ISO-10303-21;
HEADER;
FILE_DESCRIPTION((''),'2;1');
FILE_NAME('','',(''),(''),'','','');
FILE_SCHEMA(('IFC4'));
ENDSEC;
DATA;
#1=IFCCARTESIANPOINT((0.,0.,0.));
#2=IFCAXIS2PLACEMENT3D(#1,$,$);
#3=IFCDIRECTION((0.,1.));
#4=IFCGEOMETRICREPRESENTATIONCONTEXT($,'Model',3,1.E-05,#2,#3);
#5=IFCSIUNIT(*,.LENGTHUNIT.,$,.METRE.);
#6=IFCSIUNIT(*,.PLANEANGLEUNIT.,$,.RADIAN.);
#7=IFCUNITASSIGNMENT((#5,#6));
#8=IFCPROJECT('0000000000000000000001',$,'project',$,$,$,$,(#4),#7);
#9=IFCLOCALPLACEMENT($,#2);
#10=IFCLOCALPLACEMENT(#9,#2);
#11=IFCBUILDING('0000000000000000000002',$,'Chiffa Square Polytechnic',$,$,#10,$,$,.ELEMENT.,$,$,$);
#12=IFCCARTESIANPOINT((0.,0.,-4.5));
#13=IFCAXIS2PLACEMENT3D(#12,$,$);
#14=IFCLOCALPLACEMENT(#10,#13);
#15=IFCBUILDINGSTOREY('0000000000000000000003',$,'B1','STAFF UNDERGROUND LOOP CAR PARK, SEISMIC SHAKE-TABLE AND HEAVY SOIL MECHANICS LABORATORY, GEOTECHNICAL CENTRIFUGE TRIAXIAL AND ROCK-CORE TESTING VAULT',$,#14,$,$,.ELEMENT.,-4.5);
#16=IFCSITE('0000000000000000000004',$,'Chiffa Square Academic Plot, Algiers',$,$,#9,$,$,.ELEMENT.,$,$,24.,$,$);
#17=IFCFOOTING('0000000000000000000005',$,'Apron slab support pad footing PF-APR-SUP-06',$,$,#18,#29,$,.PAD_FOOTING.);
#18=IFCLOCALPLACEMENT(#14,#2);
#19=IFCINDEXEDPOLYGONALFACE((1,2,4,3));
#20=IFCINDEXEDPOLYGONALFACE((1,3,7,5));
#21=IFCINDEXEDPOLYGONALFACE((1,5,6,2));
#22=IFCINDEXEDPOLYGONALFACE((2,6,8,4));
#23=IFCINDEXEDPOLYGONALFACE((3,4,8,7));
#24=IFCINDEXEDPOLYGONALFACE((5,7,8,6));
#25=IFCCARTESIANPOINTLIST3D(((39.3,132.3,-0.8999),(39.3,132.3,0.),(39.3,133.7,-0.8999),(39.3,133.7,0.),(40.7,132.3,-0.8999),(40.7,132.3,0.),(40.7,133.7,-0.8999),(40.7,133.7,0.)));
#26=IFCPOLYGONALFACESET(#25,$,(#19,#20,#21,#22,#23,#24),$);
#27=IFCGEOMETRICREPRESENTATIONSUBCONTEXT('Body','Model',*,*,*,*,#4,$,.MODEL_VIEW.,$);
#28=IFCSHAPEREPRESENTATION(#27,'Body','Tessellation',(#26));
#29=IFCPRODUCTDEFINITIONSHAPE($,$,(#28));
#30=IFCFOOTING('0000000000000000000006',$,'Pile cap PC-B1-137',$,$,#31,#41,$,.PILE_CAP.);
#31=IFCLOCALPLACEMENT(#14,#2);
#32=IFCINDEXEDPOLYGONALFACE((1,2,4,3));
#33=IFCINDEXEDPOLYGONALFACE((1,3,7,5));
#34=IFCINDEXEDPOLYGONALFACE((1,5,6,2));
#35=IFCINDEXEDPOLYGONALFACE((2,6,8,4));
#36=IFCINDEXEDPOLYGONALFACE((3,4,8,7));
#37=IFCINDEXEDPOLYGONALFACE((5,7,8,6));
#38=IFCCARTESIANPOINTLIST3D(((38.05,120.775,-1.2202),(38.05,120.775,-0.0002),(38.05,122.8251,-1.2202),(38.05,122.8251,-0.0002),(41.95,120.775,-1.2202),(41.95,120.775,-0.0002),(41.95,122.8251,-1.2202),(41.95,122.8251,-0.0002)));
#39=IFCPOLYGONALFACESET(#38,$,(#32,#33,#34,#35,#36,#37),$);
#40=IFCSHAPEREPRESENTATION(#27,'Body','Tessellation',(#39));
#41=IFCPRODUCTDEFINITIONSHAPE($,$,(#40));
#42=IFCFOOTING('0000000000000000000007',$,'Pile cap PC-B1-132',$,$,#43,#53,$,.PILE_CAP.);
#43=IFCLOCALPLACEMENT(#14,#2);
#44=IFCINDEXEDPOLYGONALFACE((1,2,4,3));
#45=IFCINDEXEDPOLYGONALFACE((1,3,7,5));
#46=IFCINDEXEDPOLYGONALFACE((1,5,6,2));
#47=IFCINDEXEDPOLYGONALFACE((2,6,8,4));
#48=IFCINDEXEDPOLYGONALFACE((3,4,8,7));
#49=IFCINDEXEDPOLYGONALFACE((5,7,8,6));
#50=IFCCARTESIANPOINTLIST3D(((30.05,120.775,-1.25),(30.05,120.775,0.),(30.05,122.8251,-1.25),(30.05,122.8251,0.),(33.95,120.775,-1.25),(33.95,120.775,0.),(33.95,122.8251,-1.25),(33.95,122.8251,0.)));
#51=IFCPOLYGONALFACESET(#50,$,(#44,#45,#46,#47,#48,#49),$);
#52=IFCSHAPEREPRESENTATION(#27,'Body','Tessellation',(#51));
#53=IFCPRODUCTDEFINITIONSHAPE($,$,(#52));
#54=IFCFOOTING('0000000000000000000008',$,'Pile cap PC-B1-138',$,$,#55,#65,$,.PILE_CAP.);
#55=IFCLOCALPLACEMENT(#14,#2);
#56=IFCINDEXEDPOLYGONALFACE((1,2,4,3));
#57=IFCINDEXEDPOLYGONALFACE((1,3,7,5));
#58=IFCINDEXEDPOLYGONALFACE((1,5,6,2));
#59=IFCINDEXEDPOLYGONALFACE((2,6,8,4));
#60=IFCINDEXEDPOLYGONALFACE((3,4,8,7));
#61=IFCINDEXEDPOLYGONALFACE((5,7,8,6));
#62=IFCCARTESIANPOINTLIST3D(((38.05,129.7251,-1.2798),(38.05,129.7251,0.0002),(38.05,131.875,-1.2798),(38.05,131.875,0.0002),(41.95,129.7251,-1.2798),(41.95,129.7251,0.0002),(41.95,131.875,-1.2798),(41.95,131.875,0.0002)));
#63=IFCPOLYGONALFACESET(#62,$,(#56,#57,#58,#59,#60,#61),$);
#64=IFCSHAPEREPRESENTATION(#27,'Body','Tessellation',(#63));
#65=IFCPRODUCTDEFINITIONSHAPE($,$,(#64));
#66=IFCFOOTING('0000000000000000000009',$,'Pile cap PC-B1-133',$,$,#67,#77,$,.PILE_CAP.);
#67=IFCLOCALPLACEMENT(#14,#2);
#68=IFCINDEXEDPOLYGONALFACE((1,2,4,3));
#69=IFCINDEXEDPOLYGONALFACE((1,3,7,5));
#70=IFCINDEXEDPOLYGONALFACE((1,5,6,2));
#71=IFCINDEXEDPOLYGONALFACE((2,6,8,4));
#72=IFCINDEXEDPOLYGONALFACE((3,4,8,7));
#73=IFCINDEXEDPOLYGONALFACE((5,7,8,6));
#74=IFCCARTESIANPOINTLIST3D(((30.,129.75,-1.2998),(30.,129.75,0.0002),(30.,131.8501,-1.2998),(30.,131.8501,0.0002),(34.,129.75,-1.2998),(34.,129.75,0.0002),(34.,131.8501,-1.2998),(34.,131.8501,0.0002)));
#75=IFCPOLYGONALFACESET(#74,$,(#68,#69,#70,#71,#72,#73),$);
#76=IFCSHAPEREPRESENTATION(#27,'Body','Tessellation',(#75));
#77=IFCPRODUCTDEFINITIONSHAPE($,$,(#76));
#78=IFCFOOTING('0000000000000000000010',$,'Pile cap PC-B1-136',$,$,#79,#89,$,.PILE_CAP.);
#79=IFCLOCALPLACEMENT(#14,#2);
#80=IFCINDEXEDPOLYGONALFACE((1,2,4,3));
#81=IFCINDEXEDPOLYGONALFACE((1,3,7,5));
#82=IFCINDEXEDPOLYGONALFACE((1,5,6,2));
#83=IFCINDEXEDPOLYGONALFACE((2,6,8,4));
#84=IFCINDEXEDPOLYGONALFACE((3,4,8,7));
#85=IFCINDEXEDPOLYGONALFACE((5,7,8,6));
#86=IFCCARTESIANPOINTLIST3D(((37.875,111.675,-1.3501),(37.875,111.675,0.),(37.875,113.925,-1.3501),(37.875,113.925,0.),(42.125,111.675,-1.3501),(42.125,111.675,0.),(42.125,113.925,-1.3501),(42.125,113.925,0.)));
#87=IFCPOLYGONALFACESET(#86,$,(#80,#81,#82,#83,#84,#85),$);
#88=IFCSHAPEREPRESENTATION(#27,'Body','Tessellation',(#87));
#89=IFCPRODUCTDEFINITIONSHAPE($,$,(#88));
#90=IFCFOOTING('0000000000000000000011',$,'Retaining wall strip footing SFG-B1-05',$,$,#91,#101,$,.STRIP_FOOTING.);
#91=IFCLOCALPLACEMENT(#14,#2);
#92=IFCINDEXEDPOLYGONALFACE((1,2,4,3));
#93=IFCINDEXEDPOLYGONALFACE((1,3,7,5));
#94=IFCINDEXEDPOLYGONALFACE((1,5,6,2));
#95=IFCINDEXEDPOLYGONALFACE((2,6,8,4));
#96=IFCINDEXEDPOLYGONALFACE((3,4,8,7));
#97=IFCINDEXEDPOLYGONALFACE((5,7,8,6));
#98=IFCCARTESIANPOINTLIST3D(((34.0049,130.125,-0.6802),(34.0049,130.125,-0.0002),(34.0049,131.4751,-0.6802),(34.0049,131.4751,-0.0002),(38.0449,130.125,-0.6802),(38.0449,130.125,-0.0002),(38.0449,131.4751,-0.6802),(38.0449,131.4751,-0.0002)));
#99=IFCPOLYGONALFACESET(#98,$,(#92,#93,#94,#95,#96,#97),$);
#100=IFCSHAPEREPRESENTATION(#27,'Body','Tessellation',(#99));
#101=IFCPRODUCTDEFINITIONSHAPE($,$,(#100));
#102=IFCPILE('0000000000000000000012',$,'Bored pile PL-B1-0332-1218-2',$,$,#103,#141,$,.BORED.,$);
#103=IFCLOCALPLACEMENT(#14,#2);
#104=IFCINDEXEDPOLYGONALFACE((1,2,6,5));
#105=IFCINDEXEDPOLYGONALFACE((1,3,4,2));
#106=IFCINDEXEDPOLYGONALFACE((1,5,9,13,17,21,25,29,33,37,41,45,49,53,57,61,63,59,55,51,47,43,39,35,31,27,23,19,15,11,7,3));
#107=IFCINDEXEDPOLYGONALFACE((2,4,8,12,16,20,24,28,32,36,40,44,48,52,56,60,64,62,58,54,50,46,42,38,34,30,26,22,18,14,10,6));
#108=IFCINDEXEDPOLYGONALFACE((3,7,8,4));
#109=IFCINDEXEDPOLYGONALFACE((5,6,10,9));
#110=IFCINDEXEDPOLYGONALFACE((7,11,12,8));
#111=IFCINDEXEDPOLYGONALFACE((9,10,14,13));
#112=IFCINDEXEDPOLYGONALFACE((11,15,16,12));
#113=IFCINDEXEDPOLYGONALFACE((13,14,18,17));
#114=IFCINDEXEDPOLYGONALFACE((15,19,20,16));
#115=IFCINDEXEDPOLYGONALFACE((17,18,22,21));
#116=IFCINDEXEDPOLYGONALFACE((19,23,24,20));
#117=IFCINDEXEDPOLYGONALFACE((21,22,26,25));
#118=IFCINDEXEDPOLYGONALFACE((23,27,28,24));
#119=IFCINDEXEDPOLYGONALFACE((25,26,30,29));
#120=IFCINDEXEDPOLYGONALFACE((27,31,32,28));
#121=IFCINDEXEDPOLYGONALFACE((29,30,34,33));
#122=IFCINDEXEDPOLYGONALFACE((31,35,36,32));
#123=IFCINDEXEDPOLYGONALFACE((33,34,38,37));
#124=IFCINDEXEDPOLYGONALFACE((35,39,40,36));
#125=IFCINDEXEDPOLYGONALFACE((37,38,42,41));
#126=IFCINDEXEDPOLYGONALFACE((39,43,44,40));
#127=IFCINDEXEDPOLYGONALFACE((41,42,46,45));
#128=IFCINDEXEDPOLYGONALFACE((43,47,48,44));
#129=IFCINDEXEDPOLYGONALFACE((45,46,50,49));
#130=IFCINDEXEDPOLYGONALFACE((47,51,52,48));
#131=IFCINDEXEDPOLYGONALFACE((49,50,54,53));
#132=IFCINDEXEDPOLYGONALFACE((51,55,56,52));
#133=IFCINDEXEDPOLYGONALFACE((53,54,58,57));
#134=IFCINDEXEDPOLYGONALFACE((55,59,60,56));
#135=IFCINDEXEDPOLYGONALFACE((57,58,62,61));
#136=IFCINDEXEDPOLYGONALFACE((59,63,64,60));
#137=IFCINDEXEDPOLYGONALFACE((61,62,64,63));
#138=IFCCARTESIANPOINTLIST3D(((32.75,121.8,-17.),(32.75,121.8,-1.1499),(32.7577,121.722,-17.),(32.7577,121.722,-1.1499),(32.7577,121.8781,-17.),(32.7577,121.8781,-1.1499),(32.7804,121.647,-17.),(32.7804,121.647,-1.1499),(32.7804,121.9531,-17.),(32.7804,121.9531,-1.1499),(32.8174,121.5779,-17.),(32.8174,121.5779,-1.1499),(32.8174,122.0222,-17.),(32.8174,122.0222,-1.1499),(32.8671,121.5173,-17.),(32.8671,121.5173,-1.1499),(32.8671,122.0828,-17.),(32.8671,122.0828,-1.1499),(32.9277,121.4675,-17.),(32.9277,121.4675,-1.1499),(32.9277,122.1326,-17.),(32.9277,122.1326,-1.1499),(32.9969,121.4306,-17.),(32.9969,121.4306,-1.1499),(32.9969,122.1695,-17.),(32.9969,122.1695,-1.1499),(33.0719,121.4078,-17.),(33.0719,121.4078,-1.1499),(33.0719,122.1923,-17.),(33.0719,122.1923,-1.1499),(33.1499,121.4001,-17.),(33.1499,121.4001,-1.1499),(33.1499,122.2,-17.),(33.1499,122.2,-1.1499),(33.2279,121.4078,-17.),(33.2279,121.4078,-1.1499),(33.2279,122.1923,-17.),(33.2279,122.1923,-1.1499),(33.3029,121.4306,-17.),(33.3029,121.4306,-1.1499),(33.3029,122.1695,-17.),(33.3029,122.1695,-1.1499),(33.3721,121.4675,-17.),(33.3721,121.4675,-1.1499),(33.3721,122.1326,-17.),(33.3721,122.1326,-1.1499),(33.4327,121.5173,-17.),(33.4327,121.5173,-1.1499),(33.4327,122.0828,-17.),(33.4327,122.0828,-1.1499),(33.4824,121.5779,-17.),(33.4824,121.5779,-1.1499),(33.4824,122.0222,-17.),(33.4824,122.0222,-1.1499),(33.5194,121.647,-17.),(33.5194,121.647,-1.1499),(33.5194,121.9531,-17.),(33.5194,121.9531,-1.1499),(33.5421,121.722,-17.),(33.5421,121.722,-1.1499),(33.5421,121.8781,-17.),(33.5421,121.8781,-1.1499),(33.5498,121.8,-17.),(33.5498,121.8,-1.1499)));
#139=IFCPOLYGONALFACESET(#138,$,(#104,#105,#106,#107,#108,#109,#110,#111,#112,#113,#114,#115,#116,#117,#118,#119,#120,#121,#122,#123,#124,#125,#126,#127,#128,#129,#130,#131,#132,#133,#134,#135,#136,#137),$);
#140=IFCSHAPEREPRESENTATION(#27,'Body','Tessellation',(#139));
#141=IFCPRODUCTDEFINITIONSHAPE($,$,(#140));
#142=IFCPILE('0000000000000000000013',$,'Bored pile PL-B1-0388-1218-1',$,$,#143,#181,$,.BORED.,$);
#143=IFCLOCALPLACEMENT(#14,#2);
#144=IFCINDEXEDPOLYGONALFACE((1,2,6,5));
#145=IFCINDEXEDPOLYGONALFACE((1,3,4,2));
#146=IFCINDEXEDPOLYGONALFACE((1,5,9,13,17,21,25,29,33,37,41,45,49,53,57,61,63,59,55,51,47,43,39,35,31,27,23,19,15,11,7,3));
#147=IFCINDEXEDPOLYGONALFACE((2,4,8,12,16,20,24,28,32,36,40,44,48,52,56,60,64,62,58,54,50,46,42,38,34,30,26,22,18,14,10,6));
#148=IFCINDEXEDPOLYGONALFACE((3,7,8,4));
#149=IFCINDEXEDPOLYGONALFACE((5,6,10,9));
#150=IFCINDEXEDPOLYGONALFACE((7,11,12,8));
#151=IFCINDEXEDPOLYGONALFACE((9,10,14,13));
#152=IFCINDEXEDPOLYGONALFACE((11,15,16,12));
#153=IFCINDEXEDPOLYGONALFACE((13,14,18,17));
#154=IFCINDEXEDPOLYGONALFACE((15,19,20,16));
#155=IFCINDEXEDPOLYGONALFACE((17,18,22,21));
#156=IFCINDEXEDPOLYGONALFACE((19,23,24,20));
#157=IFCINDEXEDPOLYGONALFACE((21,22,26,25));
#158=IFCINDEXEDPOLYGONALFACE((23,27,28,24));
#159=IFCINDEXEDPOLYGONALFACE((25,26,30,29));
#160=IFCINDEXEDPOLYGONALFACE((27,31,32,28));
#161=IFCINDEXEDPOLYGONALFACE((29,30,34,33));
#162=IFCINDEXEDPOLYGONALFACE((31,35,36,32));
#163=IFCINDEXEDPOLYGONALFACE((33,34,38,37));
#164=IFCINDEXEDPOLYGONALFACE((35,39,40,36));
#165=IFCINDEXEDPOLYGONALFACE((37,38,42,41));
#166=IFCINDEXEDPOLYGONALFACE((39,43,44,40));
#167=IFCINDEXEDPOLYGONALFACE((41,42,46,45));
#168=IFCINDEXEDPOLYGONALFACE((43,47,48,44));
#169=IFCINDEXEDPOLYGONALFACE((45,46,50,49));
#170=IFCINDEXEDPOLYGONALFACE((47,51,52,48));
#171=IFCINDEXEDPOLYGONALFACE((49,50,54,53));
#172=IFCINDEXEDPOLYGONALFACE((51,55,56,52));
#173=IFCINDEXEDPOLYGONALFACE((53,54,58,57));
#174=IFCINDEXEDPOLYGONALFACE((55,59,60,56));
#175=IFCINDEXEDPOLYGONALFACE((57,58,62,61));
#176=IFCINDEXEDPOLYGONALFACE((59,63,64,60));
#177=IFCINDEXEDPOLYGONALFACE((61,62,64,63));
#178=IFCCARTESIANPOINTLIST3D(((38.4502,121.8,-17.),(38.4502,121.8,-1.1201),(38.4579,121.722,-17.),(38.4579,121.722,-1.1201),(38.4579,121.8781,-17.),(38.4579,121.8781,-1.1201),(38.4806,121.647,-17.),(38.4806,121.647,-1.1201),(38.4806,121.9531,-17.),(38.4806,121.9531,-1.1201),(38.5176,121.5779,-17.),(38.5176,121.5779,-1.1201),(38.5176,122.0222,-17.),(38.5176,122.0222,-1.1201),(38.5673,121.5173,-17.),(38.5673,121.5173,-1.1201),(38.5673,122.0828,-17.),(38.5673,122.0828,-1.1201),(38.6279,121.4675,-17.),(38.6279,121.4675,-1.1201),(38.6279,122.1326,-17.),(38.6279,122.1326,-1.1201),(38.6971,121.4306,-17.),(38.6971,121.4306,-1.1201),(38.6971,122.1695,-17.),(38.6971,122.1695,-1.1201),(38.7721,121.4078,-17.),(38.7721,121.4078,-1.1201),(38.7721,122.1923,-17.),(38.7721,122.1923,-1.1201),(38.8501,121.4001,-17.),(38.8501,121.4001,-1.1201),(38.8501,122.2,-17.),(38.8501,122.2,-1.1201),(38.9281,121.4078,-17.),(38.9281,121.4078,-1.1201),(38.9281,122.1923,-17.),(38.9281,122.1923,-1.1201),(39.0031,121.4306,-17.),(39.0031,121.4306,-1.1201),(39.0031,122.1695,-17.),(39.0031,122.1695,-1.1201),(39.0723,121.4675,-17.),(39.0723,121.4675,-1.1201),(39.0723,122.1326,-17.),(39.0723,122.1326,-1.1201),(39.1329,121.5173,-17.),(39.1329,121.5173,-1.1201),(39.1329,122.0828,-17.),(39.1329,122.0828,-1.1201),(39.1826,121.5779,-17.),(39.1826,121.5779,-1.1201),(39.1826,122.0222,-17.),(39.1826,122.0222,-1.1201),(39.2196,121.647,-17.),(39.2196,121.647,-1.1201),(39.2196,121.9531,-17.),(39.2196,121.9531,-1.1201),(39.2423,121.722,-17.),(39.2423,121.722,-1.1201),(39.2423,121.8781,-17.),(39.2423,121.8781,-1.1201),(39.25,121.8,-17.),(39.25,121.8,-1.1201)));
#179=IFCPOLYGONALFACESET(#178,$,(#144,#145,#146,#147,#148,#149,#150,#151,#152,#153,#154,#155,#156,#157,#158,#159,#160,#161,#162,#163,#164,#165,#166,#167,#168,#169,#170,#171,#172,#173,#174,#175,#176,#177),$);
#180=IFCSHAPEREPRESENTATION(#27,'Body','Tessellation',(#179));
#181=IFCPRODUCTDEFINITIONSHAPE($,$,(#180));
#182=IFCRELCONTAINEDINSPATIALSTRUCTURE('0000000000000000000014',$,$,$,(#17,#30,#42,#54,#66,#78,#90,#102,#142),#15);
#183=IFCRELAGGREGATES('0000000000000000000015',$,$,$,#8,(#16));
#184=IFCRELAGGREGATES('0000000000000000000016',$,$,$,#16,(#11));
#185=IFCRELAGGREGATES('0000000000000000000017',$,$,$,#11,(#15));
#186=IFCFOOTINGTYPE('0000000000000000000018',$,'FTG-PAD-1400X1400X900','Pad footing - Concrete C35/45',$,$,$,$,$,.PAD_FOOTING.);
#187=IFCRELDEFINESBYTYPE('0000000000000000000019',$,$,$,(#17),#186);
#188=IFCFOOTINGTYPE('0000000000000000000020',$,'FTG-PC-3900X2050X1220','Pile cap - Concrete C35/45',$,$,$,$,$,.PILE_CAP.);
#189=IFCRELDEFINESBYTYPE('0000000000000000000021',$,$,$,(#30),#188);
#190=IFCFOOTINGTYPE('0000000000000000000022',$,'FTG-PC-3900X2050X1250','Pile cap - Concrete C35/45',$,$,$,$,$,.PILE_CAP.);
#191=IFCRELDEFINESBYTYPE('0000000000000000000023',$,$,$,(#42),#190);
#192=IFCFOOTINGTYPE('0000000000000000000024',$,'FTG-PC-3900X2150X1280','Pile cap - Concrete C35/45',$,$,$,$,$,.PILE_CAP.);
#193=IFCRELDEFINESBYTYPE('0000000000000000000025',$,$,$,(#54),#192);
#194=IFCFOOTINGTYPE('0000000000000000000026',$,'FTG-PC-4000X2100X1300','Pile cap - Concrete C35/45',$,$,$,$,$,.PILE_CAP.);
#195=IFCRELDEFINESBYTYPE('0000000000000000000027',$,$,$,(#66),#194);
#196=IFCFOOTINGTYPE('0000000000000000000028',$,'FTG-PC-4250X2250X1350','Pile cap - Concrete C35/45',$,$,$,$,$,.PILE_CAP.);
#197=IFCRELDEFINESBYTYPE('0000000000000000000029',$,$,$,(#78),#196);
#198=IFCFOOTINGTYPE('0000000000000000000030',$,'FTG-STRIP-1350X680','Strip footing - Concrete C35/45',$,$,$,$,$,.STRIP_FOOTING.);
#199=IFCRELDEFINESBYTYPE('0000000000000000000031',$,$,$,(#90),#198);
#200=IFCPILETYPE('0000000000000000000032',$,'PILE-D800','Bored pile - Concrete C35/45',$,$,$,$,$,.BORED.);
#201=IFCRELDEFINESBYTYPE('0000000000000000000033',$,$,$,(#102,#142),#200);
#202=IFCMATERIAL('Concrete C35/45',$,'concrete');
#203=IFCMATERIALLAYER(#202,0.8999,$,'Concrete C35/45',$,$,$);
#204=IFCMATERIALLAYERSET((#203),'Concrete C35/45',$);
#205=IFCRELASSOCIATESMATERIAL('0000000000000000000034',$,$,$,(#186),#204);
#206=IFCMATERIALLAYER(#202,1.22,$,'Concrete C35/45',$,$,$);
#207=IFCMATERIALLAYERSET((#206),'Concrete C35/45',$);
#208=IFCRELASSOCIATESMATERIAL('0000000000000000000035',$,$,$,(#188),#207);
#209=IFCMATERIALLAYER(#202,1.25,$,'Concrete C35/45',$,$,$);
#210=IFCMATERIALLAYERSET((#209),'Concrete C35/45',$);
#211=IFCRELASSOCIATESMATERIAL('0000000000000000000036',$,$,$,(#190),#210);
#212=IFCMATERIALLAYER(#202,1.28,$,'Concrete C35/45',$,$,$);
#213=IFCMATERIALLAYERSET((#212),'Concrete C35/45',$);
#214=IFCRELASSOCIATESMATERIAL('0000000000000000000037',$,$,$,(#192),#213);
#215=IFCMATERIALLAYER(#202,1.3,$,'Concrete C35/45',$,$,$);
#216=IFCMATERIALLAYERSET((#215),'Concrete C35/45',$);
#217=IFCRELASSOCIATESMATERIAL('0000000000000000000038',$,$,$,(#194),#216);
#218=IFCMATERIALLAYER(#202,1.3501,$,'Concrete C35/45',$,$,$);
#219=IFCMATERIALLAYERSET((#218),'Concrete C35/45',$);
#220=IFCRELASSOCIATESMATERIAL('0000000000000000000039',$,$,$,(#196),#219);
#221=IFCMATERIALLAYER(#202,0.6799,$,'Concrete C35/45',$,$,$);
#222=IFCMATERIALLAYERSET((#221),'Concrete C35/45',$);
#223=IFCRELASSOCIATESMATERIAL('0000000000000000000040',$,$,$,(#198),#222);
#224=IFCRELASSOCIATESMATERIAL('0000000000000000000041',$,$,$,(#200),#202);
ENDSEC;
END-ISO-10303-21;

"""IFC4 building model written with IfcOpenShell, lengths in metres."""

from ifc_helpers import new_model, si_unit, direction, frame, origin, origin_2d, place, context, subcontext, project, spatial, rectangle, circle, extrude, material, layer, layer_set, material_profile, profile_set, type_object, element, save


model = new_model("IFC4")

# Units and contexts
model_context = context("Model", 3, precision=1e-05, world=origin(), true_north=direction((0.0, 1.0)))
body_context = subcontext(model_context, "Body", "Model", "MODEL_VIEW")
ifc_project = project(units=[si_unit("LENGTHUNIT", "METRE"), si_unit("PLANEANGLEUNIT", "RADIAN")], contexts=[model_context])

# Site, building, storey
site_placement = place(None, origin())
site = spatial("IfcSite", under=ifc_project, at=site_placement, Name="Chiffa Square Academic Plot, Algiers", CompositionType="ELEMENT", RefElevation=24.0)
building_placement = place(site_placement, origin())
building = spatial("IfcBuilding", under=site, at=building_placement, Name="Chiffa Square Polytechnic", CompositionType="ELEMENT")
storey_placement = place(building_placement, frame((0.0, 0.0, -4.5)))
storey = spatial("IfcBuildingStorey", under=building, at=storey_placement, Name="B1", Description="STAFF UNDERGROUND LOOP CAR PARK, SEISMIC SHAKE-TABLE AND HEAVY SOIL MECHANICS LABORATORY, GEOTECHNICAL CENTRIFUGE TRIAXIAL AND ROCK-CORE TESTING VAULT", CompositionType="ELEMENT", Elevation=-4.5)

# Footings
ifc_material_1 = material(Name="Concrete C35/45", Category="concrete")
ifc_layer_1 = layer(ifc_material_1, 0.8999, Name="Concrete C35/45")
ifc_layer_set_1 = layer_set([ifc_layer_1], Name="Concrete C35/45")
footing_type_1 = type_object("IfcFootingType", Name="FTG-PAD-1400X1400X900", Description="Pad footing - Concrete C35/45", PredefinedType="PAD_FOOTING", material=ifc_layer_set_1)
footing_1_placement = place(storey_placement, frame((40.0, 133.0, -0.8999), z_axis=(0.0, 0.0, 1.0), x_axis=(1.0, 0.0, 0.0)))
element("IfcFooting", 1, at=footing_1_placement, inside=storey, type_object=footing_type_1, Name="Apron slab support pad footing PF-APR-SUP-06", PredefinedType="PAD_FOOTING", context=body_context, shape_type="SweptSolid", body=[
    extrude(rectangle(XDim=1.3999, YDim=1.3999, at=origin_2d()), origin(), (0.0, 0.0, 1.0), 0.8999),
])
ifc_layer_2 = layer(ifc_material_1, 1.22, Name="Concrete C35/45")
ifc_layer_set_2 = layer_set([ifc_layer_2], Name="Concrete C35/45")
footing_type_2 = type_object("IfcFootingType", Name="FTG-PC-3900X2050X1220", Description="Pile cap - Concrete C35/45", PredefinedType="PILE_CAP", material=ifc_layer_set_2)
footing_2_placement = place(storey_placement, frame((40.0, 121.8, -1.2202), z_axis=(0.0, 0.0, 1.0), x_axis=(1.0, 0.0, 0.0)))
element("IfcFooting", 2, at=footing_2_placement, inside=storey, type_object=footing_type_2, Name="Pile cap PC-B1-137", PredefinedType="PILE_CAP", context=body_context, shape_type="SweptSolid", body=[
    extrude(rectangle(XDim=3.8999, YDim=2.05, at=origin_2d()), origin(), (0.0, 0.0, 1.0), 1.22),
])
ifc_layer_3 = layer(ifc_material_1, 1.25, Name="Concrete C35/45")
ifc_layer_set_3 = layer_set([ifc_layer_3], Name="Concrete C35/45")
footing_type_3 = type_object("IfcFootingType", Name="FTG-PC-3900X2050X1250", Description="Pile cap - Concrete C35/45", PredefinedType="PILE_CAP", material=ifc_layer_set_3)
footing_3_placement = place(storey_placement, frame((32.0, 121.8, -1.25), z_axis=(0.0, 0.0, 1.0), x_axis=(1.0, 0.0, 0.0)))
element("IfcFooting", 3, at=footing_3_placement, inside=storey, type_object=footing_type_3, Name="Pile cap PC-B1-132", PredefinedType="PILE_CAP", context=body_context, shape_type="SweptSolid", body=[
    extrude(rectangle(XDim=3.8999, YDim=2.05, at=origin_2d()), origin(), (0.0, 0.0, 1.0), 1.25),
])
ifc_layer_4 = layer(ifc_material_1, 1.28, Name="Concrete C35/45")
ifc_layer_set_4 = layer_set([ifc_layer_4], Name="Concrete C35/45")
footing_type_4 = type_object("IfcFootingType", Name="FTG-PC-3900X2150X1280", Description="Pile cap - Concrete C35/45", PredefinedType="PILE_CAP", material=ifc_layer_set_4)
footing_4_placement = place(storey_placement, frame((40.0, 130.8, -1.2798), z_axis=(0.0, 0.0, 1.0), x_axis=(1.0, 0.0, 0.0)))
element("IfcFooting", 4, at=footing_4_placement, inside=storey, type_object=footing_type_4, Name="Pile cap PC-B1-138", PredefinedType="PILE_CAP", context=body_context, shape_type="SweptSolid", body=[
    extrude(rectangle(XDim=3.8999, YDim=2.1499, at=origin_2d()), origin(), (0.0, 0.0, 1.0), 1.28),
])
ifc_layer_5 = layer(ifc_material_1, 1.3, Name="Concrete C35/45")
ifc_layer_set_5 = layer_set([ifc_layer_5], Name="Concrete C35/45")
footing_type_5 = type_object("IfcFootingType", Name="FTG-PC-4000X2100X1300", Description="Pile cap - Concrete C35/45", PredefinedType="PILE_CAP", material=ifc_layer_set_5)
footing_5_placement = place(storey_placement, frame((32.0, 130.8, -1.2998), z_axis=(0.0, 0.0, 1.0), x_axis=(1.0, 0.0, 0.0)))
element("IfcFooting", 5, at=footing_5_placement, inside=storey, type_object=footing_type_5, Name="Pile cap PC-B1-133", PredefinedType="PILE_CAP", context=body_context, shape_type="SweptSolid", body=[
    extrude(rectangle(XDim=4.0, YDim=2.1001, at=origin_2d()), origin(), (0.0, 0.0, 1.0), 1.3),
])
ifc_layer_6 = layer(ifc_material_1, 1.3501, Name="Concrete C35/45")
ifc_layer_set_6 = layer_set([ifc_layer_6], Name="Concrete C35/45")
footing_type_6 = type_object("IfcFootingType", Name="FTG-PC-4250X2250X1350", Description="Pile cap - Concrete C35/45", PredefinedType="PILE_CAP", material=ifc_layer_set_6)
footing_6_placement = place(storey_placement, frame((40.0, 112.8, -1.3501), z_axis=(0.0, 0.0, 1.0), x_axis=(1.0, 0.0, 0.0)))
element("IfcFooting", 6, at=footing_6_placement, inside=storey, type_object=footing_type_6, Name="Pile cap PC-B1-136", PredefinedType="PILE_CAP", context=body_context, shape_type="SweptSolid", body=[
    extrude(rectangle(XDim=4.25, YDim=2.25, at=origin_2d()), origin(), (0.0, 0.0, 1.0), 1.3501),
])
ifc_layer_7 = layer(ifc_material_1, 0.6799, Name="Concrete C35/45")
ifc_layer_set_7 = layer_set([ifc_layer_7], Name="Concrete C35/45")
footing_type_7 = type_object("IfcFootingType", Name="FTG-STRIP-1350X680", Description="Strip footing - Concrete C35/45", PredefinedType="STRIP_FOOTING", material=ifc_layer_set_7)
footing_7_placement = place(storey_placement, frame((36.0249, 130.8, -0.6802), z_axis=(0.0, 0.0, 1.0), x_axis=(1.0, 0.0, 0.0)))
element("IfcFooting", 7, at=footing_7_placement, inside=storey, type_object=footing_type_7, Name="Retaining wall strip footing SFG-B1-05", PredefinedType="STRIP_FOOTING", context=body_context, shape_type="SweptSolid", body=[
    extrude(rectangle(XDim=4.04, YDim=1.3501, at=origin_2d()), origin(), (0.0, 0.0, 1.0), 0.6799),
])

# Piles
ifc_material_profile_1 = material_profile(ifc_material_1, circle(Radius=0.3999, at=origin_2d()), Name="PILE D800")
ifc_profile_set_1 = profile_set([ifc_material_profile_1], Name="Concrete C35/45")
pile_type_1 = type_object("IfcPileType", Name="PILE-D800", Description="Bored pile - Concrete C35/45", PredefinedType="BORED", material=ifc_profile_set_1)
pile_1_placement = place(storey_placement, frame((33.1499, 121.8, -1.1499), z_axis=(0.0, 0.0, -1.0), x_axis=(1.0, 0.0, 0.0)))
element("IfcPile", 8, at=pile_1_placement, inside=storey, type_object=pile_type_1, Name="Bored pile PL-B1-0332-1218-2", PredefinedType="BORED", context=body_context, shape_type="SweptSolid", body=[
    extrude(circle(Radius=0.3999, at=origin_2d()), origin(), (0.0, 0.0, 1.0), 15.8501),
])
pile_2_placement = place(storey_placement, frame((38.8501, 121.8, -1.1201), z_axis=(0.0, 0.0, -1.0), x_axis=(1.0, 0.0, 0.0)))
element("IfcPile", 9, at=pile_2_placement, inside=storey, type_object=pile_type_1, Name="Bored pile PL-B1-0388-1218-1", PredefinedType="BORED", context=body_context, shape_type="SweptSolid", body=[
    extrude(circle(Radius=0.3999, at=origin_2d()), origin(), (0.0, 0.0, 1.0), 15.8799),
])

save(model, "model.ifc")
